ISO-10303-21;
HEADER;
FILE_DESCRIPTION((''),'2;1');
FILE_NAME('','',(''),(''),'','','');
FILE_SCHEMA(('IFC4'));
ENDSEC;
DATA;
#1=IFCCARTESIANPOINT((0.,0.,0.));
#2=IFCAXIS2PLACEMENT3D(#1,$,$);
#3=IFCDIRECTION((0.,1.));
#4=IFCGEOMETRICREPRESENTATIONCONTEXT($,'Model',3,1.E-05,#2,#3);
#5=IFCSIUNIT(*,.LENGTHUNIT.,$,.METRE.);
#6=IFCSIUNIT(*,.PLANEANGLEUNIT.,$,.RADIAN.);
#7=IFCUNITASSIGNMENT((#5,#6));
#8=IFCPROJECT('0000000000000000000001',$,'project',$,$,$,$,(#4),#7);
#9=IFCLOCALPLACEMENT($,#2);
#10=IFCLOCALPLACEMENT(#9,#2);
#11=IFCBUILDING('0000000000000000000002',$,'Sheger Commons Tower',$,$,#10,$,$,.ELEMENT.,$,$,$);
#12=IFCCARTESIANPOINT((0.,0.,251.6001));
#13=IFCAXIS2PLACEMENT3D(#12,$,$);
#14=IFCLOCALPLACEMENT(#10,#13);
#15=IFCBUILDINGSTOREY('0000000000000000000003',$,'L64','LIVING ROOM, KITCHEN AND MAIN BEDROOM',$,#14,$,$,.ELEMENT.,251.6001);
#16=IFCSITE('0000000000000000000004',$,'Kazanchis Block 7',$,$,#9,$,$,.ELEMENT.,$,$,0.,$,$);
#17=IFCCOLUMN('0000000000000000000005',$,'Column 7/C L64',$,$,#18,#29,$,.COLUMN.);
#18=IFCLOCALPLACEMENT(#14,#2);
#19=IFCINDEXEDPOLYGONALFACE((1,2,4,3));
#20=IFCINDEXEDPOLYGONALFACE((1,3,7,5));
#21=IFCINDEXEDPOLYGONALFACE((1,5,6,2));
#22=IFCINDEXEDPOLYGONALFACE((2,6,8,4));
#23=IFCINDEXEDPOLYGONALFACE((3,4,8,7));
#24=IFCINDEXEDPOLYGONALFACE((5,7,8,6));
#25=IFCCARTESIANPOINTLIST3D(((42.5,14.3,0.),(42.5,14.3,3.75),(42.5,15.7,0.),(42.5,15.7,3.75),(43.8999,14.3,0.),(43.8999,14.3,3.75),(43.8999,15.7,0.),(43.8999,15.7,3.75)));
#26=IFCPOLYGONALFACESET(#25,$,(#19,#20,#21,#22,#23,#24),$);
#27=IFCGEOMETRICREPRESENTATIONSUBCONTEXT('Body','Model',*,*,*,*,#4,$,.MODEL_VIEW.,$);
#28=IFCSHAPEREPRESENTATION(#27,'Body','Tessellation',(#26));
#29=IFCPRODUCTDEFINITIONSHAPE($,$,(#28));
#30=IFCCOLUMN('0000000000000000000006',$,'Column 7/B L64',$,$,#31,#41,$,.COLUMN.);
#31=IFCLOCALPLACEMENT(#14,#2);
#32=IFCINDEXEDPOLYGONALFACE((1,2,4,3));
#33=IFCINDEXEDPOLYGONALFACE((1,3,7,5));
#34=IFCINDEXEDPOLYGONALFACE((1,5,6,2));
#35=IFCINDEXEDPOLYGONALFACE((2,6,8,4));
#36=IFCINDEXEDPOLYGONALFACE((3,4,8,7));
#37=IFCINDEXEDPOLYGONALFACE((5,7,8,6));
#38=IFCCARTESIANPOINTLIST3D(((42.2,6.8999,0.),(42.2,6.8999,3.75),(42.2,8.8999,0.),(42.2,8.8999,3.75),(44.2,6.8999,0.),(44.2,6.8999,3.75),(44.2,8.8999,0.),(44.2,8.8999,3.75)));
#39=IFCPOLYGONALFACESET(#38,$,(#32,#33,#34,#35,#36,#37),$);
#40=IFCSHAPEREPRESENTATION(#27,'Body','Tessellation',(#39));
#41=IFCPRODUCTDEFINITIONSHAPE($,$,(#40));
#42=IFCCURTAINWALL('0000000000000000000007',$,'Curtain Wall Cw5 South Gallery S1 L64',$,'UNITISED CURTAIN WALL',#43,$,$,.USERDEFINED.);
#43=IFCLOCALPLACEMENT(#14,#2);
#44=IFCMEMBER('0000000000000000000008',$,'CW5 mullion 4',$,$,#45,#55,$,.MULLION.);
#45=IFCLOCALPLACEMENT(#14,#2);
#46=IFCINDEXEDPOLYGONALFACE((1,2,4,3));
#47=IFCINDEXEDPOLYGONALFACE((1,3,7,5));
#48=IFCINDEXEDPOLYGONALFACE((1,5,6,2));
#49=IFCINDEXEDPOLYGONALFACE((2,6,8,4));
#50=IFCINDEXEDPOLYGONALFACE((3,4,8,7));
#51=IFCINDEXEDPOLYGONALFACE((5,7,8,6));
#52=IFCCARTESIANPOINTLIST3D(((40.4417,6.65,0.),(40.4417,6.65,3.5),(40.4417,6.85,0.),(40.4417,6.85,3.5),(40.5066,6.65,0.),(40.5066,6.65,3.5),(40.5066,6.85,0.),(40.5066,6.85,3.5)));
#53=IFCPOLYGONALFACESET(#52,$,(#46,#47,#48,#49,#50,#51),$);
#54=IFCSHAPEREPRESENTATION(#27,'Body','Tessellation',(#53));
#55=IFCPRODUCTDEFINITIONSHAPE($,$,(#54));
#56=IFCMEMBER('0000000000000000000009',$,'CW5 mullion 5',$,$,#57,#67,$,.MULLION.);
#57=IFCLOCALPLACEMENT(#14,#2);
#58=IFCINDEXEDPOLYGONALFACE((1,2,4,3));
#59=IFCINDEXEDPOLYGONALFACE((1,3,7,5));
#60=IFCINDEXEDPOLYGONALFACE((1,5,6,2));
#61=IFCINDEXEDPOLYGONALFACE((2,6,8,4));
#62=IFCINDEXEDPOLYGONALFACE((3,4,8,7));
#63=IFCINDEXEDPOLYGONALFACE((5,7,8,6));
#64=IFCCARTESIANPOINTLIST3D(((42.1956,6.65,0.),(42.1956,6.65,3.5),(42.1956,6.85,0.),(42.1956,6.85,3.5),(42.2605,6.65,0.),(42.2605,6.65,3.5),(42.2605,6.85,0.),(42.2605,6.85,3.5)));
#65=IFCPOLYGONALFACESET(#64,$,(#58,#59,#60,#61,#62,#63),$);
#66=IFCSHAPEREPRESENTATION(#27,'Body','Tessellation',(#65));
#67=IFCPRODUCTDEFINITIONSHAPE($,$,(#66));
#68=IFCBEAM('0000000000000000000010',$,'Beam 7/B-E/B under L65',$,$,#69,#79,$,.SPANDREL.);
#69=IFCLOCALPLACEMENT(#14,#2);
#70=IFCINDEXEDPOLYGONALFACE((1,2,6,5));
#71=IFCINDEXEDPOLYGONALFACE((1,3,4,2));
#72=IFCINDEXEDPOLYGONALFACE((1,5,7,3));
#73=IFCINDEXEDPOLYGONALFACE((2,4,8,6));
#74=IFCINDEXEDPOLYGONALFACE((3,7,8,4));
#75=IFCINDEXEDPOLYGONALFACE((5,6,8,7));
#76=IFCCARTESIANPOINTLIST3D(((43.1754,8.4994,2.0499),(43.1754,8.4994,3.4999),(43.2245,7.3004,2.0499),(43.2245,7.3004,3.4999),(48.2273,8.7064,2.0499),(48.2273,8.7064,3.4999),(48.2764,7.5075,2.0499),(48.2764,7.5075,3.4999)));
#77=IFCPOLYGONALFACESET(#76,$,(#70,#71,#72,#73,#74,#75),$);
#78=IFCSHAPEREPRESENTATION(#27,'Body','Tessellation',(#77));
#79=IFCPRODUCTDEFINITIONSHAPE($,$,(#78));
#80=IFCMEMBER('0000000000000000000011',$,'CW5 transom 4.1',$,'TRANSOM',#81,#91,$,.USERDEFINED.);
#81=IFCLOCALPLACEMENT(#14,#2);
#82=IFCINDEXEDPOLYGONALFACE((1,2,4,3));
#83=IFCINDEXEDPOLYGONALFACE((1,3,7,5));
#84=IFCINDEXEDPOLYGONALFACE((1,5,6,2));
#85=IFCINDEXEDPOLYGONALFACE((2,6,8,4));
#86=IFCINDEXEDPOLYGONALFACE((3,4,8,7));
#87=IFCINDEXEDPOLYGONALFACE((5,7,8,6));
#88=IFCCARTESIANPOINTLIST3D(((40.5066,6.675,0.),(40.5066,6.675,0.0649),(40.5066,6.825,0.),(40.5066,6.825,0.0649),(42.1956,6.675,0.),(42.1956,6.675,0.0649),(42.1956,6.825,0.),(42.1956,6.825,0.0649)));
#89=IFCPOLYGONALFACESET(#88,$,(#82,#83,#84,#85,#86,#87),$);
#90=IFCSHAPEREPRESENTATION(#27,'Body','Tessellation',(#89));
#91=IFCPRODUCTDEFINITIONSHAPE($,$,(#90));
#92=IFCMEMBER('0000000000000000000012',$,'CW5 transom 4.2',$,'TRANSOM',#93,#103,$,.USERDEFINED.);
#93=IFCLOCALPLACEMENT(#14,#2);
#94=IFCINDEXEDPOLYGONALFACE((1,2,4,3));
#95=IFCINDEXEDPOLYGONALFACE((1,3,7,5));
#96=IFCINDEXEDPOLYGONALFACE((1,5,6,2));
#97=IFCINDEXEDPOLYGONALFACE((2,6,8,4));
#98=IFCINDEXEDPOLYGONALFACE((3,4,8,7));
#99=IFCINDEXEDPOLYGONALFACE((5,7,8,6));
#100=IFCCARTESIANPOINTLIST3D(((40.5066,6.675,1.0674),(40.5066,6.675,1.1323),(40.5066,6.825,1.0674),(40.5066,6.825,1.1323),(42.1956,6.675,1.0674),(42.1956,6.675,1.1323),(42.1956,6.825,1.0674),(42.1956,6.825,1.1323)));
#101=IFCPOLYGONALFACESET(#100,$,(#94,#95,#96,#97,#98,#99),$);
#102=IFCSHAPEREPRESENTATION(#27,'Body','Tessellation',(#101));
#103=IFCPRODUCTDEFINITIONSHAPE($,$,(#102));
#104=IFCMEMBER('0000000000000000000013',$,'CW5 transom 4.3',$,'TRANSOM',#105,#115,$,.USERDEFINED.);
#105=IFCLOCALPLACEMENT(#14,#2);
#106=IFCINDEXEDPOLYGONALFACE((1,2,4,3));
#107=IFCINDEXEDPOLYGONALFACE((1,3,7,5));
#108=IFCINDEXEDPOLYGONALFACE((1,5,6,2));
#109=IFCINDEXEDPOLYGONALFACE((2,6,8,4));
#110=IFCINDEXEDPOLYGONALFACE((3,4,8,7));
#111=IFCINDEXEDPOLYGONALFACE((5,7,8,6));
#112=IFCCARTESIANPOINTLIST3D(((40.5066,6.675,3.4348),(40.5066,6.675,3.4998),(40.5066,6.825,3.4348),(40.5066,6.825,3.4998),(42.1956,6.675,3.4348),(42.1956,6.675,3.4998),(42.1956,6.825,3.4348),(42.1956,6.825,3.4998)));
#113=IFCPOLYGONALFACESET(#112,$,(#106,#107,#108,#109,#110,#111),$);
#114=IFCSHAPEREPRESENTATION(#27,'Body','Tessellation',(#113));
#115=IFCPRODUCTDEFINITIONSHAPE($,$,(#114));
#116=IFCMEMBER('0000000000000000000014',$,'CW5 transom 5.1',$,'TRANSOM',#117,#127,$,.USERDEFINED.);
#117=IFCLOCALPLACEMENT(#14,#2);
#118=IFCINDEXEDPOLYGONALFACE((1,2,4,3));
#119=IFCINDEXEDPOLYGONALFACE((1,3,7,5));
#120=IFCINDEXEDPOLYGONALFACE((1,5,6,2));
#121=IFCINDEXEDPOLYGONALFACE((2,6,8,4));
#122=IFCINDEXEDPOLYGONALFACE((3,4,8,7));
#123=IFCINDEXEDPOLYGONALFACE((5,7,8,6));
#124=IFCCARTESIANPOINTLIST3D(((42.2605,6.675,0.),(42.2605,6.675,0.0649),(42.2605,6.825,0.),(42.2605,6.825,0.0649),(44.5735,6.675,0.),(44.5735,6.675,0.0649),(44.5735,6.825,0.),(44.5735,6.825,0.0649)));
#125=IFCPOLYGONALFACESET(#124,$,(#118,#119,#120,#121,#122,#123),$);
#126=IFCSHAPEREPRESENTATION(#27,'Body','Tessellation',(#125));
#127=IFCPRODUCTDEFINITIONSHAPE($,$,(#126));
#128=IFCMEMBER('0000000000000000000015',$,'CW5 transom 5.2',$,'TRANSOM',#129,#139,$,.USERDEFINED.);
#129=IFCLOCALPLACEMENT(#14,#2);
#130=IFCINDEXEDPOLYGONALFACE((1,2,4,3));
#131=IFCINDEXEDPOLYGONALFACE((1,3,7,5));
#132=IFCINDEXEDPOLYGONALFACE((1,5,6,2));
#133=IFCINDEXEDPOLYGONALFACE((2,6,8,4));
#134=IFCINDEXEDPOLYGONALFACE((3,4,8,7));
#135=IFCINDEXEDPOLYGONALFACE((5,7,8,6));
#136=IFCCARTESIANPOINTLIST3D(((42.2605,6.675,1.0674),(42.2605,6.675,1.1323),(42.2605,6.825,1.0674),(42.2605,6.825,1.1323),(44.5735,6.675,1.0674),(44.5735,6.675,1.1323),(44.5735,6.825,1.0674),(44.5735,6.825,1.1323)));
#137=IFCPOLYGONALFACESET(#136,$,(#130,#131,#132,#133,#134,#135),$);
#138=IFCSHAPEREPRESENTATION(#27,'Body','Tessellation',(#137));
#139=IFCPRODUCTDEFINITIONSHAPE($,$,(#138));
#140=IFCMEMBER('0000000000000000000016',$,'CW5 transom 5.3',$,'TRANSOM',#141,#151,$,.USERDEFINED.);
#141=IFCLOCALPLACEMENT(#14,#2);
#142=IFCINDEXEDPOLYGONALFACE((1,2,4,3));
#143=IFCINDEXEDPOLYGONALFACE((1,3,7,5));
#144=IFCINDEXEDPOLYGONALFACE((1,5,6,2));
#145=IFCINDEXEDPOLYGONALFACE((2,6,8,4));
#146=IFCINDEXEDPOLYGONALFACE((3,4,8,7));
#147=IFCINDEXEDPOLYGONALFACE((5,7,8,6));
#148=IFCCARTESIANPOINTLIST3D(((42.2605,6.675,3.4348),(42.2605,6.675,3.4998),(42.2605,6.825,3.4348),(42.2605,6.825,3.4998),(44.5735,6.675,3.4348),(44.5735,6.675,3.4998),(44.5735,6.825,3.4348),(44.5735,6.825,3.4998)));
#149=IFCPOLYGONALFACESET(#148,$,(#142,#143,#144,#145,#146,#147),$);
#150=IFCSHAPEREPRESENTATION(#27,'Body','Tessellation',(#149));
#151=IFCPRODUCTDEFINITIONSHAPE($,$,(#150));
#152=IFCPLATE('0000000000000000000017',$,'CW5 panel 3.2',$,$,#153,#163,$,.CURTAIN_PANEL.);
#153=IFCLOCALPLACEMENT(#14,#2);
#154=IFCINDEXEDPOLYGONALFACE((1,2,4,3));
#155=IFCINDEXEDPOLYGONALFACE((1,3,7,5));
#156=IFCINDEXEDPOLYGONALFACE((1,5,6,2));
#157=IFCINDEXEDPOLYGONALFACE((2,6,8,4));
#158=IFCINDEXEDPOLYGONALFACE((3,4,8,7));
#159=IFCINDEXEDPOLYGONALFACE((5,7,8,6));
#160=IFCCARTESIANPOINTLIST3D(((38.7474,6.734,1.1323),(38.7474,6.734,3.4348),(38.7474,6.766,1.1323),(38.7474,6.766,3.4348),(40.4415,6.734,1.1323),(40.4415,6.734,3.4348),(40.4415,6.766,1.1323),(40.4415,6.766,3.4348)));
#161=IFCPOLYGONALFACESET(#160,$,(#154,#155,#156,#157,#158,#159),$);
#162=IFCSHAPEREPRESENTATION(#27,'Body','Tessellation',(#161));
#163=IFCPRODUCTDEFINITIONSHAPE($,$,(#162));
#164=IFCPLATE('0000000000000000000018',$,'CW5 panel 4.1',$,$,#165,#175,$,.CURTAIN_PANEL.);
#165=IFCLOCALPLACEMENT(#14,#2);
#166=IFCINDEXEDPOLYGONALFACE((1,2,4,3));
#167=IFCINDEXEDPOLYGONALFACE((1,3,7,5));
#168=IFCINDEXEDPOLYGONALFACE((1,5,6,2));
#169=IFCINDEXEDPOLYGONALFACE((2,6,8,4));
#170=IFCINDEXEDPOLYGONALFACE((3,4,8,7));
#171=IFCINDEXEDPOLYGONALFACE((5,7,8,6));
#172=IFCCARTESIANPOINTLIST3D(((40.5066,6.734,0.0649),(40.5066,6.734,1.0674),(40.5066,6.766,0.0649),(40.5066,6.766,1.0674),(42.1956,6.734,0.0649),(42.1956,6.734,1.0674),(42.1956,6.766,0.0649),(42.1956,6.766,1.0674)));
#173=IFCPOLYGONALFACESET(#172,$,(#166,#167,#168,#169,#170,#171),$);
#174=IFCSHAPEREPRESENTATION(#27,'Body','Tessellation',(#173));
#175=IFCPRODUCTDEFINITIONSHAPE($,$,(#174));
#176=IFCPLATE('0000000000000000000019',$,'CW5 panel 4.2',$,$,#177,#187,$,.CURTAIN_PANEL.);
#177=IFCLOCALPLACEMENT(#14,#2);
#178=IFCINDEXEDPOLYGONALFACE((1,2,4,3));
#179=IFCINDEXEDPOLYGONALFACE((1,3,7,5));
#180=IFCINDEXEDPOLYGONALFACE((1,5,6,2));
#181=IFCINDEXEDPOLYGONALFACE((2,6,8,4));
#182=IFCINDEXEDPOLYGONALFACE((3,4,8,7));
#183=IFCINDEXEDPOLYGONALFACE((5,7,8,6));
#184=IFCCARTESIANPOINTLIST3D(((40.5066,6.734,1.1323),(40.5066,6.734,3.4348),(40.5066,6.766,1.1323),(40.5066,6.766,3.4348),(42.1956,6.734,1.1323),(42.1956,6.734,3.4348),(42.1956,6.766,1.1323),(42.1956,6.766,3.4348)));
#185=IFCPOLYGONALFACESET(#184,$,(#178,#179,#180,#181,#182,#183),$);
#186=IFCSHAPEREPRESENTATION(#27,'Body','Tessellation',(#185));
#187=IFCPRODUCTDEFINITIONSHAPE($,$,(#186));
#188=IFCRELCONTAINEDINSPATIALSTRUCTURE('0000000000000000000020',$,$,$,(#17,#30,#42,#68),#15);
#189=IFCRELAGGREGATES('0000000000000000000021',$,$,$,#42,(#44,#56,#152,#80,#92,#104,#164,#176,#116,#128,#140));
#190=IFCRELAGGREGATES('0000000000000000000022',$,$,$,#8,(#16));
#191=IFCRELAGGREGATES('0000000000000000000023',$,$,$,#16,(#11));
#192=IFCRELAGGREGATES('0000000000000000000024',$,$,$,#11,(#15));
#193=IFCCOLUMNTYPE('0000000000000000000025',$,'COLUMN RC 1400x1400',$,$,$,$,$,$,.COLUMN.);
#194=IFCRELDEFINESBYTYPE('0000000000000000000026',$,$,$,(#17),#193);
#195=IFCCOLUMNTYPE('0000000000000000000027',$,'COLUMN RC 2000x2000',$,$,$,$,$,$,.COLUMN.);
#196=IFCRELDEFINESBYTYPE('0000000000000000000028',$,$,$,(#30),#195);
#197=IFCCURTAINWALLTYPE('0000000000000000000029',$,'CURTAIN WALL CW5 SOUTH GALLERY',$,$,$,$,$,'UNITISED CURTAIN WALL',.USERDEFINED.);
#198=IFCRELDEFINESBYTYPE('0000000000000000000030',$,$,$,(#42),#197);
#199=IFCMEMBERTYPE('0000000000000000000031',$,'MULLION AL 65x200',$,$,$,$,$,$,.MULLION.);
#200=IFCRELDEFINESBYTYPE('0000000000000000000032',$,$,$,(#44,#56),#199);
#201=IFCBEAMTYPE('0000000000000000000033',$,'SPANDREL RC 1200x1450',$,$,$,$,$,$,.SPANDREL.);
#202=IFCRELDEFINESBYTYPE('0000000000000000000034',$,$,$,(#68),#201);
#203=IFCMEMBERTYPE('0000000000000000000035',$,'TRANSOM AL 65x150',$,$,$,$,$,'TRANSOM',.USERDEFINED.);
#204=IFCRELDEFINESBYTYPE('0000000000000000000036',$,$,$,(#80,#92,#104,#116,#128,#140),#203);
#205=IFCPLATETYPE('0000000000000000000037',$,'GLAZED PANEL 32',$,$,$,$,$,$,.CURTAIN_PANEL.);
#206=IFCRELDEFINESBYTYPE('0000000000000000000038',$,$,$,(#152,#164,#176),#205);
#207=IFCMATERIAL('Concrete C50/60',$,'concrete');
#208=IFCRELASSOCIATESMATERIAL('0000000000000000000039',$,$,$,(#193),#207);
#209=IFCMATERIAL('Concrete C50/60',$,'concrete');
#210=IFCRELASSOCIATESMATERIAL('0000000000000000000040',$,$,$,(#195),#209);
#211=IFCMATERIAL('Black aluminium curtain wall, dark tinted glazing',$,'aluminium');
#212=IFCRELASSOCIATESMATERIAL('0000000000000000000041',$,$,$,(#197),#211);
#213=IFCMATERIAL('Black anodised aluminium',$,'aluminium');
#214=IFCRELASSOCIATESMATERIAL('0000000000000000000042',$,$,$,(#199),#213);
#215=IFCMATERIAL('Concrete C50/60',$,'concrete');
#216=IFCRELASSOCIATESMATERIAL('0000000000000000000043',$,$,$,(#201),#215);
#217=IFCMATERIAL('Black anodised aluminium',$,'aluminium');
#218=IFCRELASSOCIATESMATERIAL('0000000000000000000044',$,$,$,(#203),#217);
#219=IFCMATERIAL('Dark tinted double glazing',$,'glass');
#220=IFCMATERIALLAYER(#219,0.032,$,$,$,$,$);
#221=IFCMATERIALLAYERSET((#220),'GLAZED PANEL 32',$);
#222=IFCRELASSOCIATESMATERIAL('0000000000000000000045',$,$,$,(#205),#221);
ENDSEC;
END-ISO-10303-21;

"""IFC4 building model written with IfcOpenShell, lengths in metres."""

from ifc_helpers import new_model, si_unit, direction, frame, origin, origin_2d, place, context, subcontext, project, spatial, rectangle, extrude, material, layer, layer_set, material_profile, profile_set, type_object, element, aggregate, save


model = new_model("IFC4")

# Units and contexts
model_context = context("Model", 3, precision=1e-05, world=origin(), true_north=direction((0.0, 1.0)))
body_context = subcontext(model_context, "Body", "Model", "MODEL_VIEW")
ifc_project = project(units=[si_unit("LENGTHUNIT", "METRE"), si_unit("PLANEANGLEUNIT", "RADIAN")], contexts=[model_context])

# Site, building, storey
site_placement = place(None, origin())
site = spatial("IfcSite", under=ifc_project, at=site_placement, Name="Kazanchis Block 7", CompositionType="ELEMENT", RefElevation=0.0)
building_placement = place(site_placement, origin())
building = spatial("IfcBuilding", under=site, at=building_placement, Name="Sheger Commons Tower", CompositionType="ELEMENT")
storey_placement = place(building_placement, frame((0.0, 0.0, 251.6001)))
storey = spatial("IfcBuildingStorey", under=building, at=storey_placement, Name="L64", Description="LIVING ROOM, KITCHEN AND MAIN BEDROOM", CompositionType="ELEMENT", Elevation=251.6001)

# Columns
ifc_material_1 = material(Name="Concrete C50/60", Category="concrete")
ifc_material_profile_1 = material_profile(ifc_material_1, rectangle(XDim=1.3999, YDim=1.3999, at=origin_2d()), Name="RC 1400x1400")
ifc_profile_set_1 = profile_set([ifc_material_profile_1], Name="Concrete C50/60")
column_type_1 = type_object("IfcColumnType", Name="COLUMN RC 1400x1400", PredefinedType="COLUMN", material=ifc_profile_set_1)
column_1_placement = place(storey_placement, frame((43.2, 15.0, 0.0), z_axis=(0.0, 0.0, 1.0), x_axis=(1.0, 0.0, 0.0)))
element("IfcColumn", 1, at=column_1_placement, inside=storey, type_object=column_type_1, Name="Column 7/C L64", PredefinedType="COLUMN", context=body_context, shape_type="SweptSolid", body=[
    extrude(rectangle(XDim=1.3999, YDim=1.3999, at=origin_2d()), origin(), (0.0, 0.0, 1.0), 3.75),
])
ifc_material_2 = material(Name="Concrete C50/60", Category="concrete")
ifc_material_profile_2 = material_profile(ifc_material_2, rectangle(XDim=2.0, YDim=2.0, at=origin_2d()), Name="RC 2000x2000")
ifc_profile_set_2 = profile_set([ifc_material_profile_2], Name="Concrete C50/60")
column_type_2 = type_object("IfcColumnType", Name="COLUMN RC 2000x2000", PredefinedType="COLUMN", material=ifc_profile_set_2)
column_2_placement = place(storey_placement, frame((43.2, 7.8999, 0.0), z_axis=(0.0, 0.0, 1.0), x_axis=(1.0, 0.0, 0.0)))
element("IfcColumn", 2, at=column_2_placement, inside=storey, type_object=column_type_2, Name="Column 7/B L64", PredefinedType="COLUMN", context=body_context, shape_type="SweptSolid", body=[
    extrude(rectangle(XDim=2.0, YDim=2.0, at=origin_2d()), origin(), (0.0, 0.0, 1.0), 3.75),
])

# Curtain wall, members
ifc_material_3 = material(Name="Black aluminium curtain wall, dark tinted glazing", Category="aluminium")
curtain_wall_type = type_object("IfcCurtainWallType", Name="CURTAIN WALL CW5 SOUTH GALLERY", ElementType="UNITISED CURTAIN WALL", PredefinedType="USERDEFINED", material=ifc_material_3)
curtain_wall_placement = place(storey_placement, origin())
curtain_wall = element("IfcCurtainWall", 3, at=curtain_wall_placement, inside=storey, type_object=curtain_wall_type, Name="Curtain Wall Cw5 South Gallery S1 L64", ObjectType="UNITISED CURTAIN WALL", PredefinedType="USERDEFINED")
ifc_material_4 = material(Name="Black anodised aluminium", Category="aluminium")
ifc_material_profile_3 = material_profile(ifc_material_4, rectangle(XDim=0.2, YDim=0.0649, at=origin_2d()), Name="AL 65x200")
ifc_profile_set_3 = profile_set([ifc_material_profile_3], Name="Black anodised aluminium")
member_type_1 = type_object("IfcMemberType", Name="MULLION AL 65x200", PredefinedType="MULLION", material=ifc_profile_set_3)
member_1_placement = place(storey_placement, frame((40.4741, 6.75, 0.0), z_axis=(0.0, 0.0, 1.0), x_axis=(0.0, 1.0, 0.0)))
member_1 = element("IfcMember", 4, at=member_1_placement, type_object=member_type_1, Name="CW5 mullion 4", PredefinedType="MULLION", context=body_context, shape_type="SweptSolid", body=[
    extrude(rectangle(XDim=0.2, YDim=0.0649, at=origin_2d()), origin(), (0.0, 0.0, 1.0), 3.5),
])
member_2_placement = place(storey_placement, frame((42.228, 6.75, 0.0), z_axis=(0.0, 0.0, 1.0), x_axis=(0.0, 1.0, 0.0)))
member_2 = element("IfcMember", 5, at=member_2_placement, type_object=member_type_1, Name="CW5 mullion 5", PredefinedType="MULLION", context=body_context, shape_type="SweptSolid", body=[
    extrude(rectangle(XDim=0.2, YDim=0.0649, at=origin_2d()), origin(), (0.0, 0.0, 1.0), 3.5),
])

# Beam
ifc_material_5 = material(Name="Concrete C50/60", Category="concrete")
ifc_material_profile_4 = material_profile(ifc_material_5, rectangle(XDim=1.2, YDim=1.45, at=origin_2d()), Name="RC 1200x1450")
ifc_profile_set_4 = profile_set([ifc_material_profile_4], Name="Concrete C50/60")
beam_type = type_object("IfcBeamType", Name="SPANDREL RC 1200x1450", PredefinedType="SPANDREL", material=ifc_profile_set_4)
beam_placement = place(storey_placement, frame((43.2, 7.8999, 2.7749), z_axis=(0.999161, 0.040946, 0.0), x_axis=(-0.040946, 0.999161, 0.0)))
element("IfcBeam", 6, at=beam_placement, inside=storey, type_object=beam_type, Name="Beam 7/B-E/B under L65", PredefinedType="SPANDREL", context=body_context, shape_type="SweptSolid", body=[
    extrude(rectangle(XDim=1.2, YDim=1.45, at=origin_2d()), origin(), (0.0, 0.0, 1.0), 5.0562),
])

# Members
ifc_material_6 = material(Name="Black anodised aluminium", Category="aluminium")
ifc_material_profile_5 = material_profile(ifc_material_6, rectangle(XDim=0.1499, YDim=0.0649, at=origin_2d()), Name="AL 65x150")
ifc_profile_set_5 = profile_set([ifc_material_profile_5], Name="Black anodised aluminium")
member_type_2 = type_object("IfcMemberType", Name="TRANSOM AL 65x150", ElementType="TRANSOM", PredefinedType="USERDEFINED", material=ifc_profile_set_5)
member_3_placement = place(storey_placement, frame((40.5066, 6.75, 0.0325), z_axis=(1.0, 0.0, 0.0), x_axis=(0.0, 1.0, 0.0)))
member_3 = element("IfcMember", 7, at=member_3_placement, type_object=member_type_2, Name="CW5 transom 4.1", ObjectType="TRANSOM", PredefinedType="USERDEFINED", context=body_context, shape_type="SweptSolid", body=[
    extrude(rectangle(XDim=0.1499, YDim=0.0649, at=origin_2d()), origin(), (0.0, 0.0, 1.0), 1.689),
])
member_4_placement = place(storey_placement, frame((40.5066, 6.75, 1.0999), z_axis=(1.0, 0.0, 0.0), x_axis=(0.0, 1.0, 0.0)))
member_4 = element("IfcMember", 8, at=member_4_placement, type_object=member_type_2, Name="CW5 transom 4.2", ObjectType="TRANSOM", PredefinedType="USERDEFINED", context=body_context, shape_type="SweptSolid", body=[
    extrude(rectangle(XDim=0.1499, YDim=0.0649, at=origin_2d()), origin(), (0.0, 0.0, 1.0), 1.689),
])
member_5_placement = place(storey_placement, frame((40.5066, 6.75, 3.4673), z_axis=(1.0, 0.0, 0.0), x_axis=(0.0, 1.0, 0.0)))
member_5 = element("IfcMember", 9, at=member_5_placement, type_object=member_type_2, Name="CW5 transom 4.3", ObjectType="TRANSOM", PredefinedType="USERDEFINED", context=body_context, shape_type="SweptSolid", body=[
    extrude(rectangle(XDim=0.1499, YDim=0.0649, at=origin_2d()), origin(), (0.0, 0.0, 1.0), 1.689),
])
member_6_placement = place(storey_placement, frame((42.2605, 6.75, 0.0325), z_axis=(1.0, 0.0, 0.0), x_axis=(0.0, 1.0, 0.0)))
member_6 = element("IfcMember", 10, at=member_6_placement, type_object=member_type_2, Name="CW5 transom 5.1", ObjectType="TRANSOM", PredefinedType="USERDEFINED", context=body_context, shape_type="SweptSolid", body=[
    extrude(rectangle(XDim=0.1499, YDim=0.0649, at=origin_2d()), origin(), (0.0, 0.0, 1.0), 2.313),
])
member_7_placement = place(storey_placement, frame((42.2605, 6.75, 1.0999), z_axis=(1.0, 0.0, 0.0), x_axis=(0.0, 1.0, 0.0)))
member_7 = element("IfcMember", 11, at=member_7_placement, type_object=member_type_2, Name="CW5 transom 5.2", ObjectType="TRANSOM", PredefinedType="USERDEFINED", context=body_context, shape_type="SweptSolid", body=[
    extrude(rectangle(XDim=0.1499, YDim=0.0649, at=origin_2d()), origin(), (0.0, 0.0, 1.0), 2.313),
])
member_8_placement = place(storey_placement, frame((42.2605, 6.75, 3.4673), z_axis=(1.0, 0.0, 0.0), x_axis=(0.0, 1.0, 0.0)))
member_8 = element("IfcMember", 12, at=member_8_placement, type_object=member_type_2, Name="CW5 transom 5.3", ObjectType="TRANSOM", PredefinedType="USERDEFINED", context=body_context, shape_type="SweptSolid", body=[
    extrude(rectangle(XDim=0.1499, YDim=0.0649, at=origin_2d()), origin(), (0.0, 0.0, 1.0), 2.313),
])

# Plates
ifc_material_7 = material(Name="Dark tinted double glazing", Category="glass")
ifc_layer_1 = layer(ifc_material_7, 0.032)
ifc_layer_set_1 = layer_set([ifc_layer_1], Name="GLAZED PANEL 32")
plate_type = type_object("IfcPlateType", Name="GLAZED PANEL 32", PredefinedType="CURTAIN_PANEL", material=ifc_layer_set_1)
plate_1_placement = place(storey_placement, frame((39.5945, 6.75, 1.1323), z_axis=(0.0, 0.0, 1.0), x_axis=(1.0, 0.0, 0.0)))
plate_1 = element("IfcPlate", 13, at=plate_1_placement, type_object=plate_type, Name="CW5 panel 3.2", PredefinedType="CURTAIN_PANEL", context=body_context, shape_type="SweptSolid", body=[
    extrude(rectangle(XDim=1.6941, YDim=0.032, at=origin_2d()), origin(), (0.0, 0.0, 1.0), 2.3025),
])
plate_2_placement = place(storey_placement, frame((41.3511, 6.75, 0.0649), z_axis=(0.0, 0.0, 1.0), x_axis=(1.0, 0.0, 0.0)))
plate_2 = element("IfcPlate", 14, at=plate_2_placement, type_object=plate_type, Name="CW5 panel 4.1", PredefinedType="CURTAIN_PANEL", context=body_context, shape_type="SweptSolid", body=[
    extrude(rectangle(XDim=1.689, YDim=0.032, at=origin_2d()), origin(), (0.0, 0.0, 1.0), 1.0024),
])
plate_3_placement = place(storey_placement, frame((41.3511, 6.75, 1.1323), z_axis=(0.0, 0.0, 1.0), x_axis=(1.0, 0.0, 0.0)))
plate_3 = element("IfcPlate", 15, at=plate_3_placement, type_object=plate_type, Name="CW5 panel 4.2", PredefinedType="CURTAIN_PANEL", context=body_context, shape_type="SweptSolid", body=[
    extrude(rectangle(XDim=1.689, YDim=0.032, at=origin_2d()), origin(), (0.0, 0.0, 1.0), 2.3025),
])
aggregate(curtain_wall, [member_1, member_2, plate_1, member_3, member_4, member_5, plate_2, plate_3, member_6, member_7, member_8])

save(model, "model.ifc")
